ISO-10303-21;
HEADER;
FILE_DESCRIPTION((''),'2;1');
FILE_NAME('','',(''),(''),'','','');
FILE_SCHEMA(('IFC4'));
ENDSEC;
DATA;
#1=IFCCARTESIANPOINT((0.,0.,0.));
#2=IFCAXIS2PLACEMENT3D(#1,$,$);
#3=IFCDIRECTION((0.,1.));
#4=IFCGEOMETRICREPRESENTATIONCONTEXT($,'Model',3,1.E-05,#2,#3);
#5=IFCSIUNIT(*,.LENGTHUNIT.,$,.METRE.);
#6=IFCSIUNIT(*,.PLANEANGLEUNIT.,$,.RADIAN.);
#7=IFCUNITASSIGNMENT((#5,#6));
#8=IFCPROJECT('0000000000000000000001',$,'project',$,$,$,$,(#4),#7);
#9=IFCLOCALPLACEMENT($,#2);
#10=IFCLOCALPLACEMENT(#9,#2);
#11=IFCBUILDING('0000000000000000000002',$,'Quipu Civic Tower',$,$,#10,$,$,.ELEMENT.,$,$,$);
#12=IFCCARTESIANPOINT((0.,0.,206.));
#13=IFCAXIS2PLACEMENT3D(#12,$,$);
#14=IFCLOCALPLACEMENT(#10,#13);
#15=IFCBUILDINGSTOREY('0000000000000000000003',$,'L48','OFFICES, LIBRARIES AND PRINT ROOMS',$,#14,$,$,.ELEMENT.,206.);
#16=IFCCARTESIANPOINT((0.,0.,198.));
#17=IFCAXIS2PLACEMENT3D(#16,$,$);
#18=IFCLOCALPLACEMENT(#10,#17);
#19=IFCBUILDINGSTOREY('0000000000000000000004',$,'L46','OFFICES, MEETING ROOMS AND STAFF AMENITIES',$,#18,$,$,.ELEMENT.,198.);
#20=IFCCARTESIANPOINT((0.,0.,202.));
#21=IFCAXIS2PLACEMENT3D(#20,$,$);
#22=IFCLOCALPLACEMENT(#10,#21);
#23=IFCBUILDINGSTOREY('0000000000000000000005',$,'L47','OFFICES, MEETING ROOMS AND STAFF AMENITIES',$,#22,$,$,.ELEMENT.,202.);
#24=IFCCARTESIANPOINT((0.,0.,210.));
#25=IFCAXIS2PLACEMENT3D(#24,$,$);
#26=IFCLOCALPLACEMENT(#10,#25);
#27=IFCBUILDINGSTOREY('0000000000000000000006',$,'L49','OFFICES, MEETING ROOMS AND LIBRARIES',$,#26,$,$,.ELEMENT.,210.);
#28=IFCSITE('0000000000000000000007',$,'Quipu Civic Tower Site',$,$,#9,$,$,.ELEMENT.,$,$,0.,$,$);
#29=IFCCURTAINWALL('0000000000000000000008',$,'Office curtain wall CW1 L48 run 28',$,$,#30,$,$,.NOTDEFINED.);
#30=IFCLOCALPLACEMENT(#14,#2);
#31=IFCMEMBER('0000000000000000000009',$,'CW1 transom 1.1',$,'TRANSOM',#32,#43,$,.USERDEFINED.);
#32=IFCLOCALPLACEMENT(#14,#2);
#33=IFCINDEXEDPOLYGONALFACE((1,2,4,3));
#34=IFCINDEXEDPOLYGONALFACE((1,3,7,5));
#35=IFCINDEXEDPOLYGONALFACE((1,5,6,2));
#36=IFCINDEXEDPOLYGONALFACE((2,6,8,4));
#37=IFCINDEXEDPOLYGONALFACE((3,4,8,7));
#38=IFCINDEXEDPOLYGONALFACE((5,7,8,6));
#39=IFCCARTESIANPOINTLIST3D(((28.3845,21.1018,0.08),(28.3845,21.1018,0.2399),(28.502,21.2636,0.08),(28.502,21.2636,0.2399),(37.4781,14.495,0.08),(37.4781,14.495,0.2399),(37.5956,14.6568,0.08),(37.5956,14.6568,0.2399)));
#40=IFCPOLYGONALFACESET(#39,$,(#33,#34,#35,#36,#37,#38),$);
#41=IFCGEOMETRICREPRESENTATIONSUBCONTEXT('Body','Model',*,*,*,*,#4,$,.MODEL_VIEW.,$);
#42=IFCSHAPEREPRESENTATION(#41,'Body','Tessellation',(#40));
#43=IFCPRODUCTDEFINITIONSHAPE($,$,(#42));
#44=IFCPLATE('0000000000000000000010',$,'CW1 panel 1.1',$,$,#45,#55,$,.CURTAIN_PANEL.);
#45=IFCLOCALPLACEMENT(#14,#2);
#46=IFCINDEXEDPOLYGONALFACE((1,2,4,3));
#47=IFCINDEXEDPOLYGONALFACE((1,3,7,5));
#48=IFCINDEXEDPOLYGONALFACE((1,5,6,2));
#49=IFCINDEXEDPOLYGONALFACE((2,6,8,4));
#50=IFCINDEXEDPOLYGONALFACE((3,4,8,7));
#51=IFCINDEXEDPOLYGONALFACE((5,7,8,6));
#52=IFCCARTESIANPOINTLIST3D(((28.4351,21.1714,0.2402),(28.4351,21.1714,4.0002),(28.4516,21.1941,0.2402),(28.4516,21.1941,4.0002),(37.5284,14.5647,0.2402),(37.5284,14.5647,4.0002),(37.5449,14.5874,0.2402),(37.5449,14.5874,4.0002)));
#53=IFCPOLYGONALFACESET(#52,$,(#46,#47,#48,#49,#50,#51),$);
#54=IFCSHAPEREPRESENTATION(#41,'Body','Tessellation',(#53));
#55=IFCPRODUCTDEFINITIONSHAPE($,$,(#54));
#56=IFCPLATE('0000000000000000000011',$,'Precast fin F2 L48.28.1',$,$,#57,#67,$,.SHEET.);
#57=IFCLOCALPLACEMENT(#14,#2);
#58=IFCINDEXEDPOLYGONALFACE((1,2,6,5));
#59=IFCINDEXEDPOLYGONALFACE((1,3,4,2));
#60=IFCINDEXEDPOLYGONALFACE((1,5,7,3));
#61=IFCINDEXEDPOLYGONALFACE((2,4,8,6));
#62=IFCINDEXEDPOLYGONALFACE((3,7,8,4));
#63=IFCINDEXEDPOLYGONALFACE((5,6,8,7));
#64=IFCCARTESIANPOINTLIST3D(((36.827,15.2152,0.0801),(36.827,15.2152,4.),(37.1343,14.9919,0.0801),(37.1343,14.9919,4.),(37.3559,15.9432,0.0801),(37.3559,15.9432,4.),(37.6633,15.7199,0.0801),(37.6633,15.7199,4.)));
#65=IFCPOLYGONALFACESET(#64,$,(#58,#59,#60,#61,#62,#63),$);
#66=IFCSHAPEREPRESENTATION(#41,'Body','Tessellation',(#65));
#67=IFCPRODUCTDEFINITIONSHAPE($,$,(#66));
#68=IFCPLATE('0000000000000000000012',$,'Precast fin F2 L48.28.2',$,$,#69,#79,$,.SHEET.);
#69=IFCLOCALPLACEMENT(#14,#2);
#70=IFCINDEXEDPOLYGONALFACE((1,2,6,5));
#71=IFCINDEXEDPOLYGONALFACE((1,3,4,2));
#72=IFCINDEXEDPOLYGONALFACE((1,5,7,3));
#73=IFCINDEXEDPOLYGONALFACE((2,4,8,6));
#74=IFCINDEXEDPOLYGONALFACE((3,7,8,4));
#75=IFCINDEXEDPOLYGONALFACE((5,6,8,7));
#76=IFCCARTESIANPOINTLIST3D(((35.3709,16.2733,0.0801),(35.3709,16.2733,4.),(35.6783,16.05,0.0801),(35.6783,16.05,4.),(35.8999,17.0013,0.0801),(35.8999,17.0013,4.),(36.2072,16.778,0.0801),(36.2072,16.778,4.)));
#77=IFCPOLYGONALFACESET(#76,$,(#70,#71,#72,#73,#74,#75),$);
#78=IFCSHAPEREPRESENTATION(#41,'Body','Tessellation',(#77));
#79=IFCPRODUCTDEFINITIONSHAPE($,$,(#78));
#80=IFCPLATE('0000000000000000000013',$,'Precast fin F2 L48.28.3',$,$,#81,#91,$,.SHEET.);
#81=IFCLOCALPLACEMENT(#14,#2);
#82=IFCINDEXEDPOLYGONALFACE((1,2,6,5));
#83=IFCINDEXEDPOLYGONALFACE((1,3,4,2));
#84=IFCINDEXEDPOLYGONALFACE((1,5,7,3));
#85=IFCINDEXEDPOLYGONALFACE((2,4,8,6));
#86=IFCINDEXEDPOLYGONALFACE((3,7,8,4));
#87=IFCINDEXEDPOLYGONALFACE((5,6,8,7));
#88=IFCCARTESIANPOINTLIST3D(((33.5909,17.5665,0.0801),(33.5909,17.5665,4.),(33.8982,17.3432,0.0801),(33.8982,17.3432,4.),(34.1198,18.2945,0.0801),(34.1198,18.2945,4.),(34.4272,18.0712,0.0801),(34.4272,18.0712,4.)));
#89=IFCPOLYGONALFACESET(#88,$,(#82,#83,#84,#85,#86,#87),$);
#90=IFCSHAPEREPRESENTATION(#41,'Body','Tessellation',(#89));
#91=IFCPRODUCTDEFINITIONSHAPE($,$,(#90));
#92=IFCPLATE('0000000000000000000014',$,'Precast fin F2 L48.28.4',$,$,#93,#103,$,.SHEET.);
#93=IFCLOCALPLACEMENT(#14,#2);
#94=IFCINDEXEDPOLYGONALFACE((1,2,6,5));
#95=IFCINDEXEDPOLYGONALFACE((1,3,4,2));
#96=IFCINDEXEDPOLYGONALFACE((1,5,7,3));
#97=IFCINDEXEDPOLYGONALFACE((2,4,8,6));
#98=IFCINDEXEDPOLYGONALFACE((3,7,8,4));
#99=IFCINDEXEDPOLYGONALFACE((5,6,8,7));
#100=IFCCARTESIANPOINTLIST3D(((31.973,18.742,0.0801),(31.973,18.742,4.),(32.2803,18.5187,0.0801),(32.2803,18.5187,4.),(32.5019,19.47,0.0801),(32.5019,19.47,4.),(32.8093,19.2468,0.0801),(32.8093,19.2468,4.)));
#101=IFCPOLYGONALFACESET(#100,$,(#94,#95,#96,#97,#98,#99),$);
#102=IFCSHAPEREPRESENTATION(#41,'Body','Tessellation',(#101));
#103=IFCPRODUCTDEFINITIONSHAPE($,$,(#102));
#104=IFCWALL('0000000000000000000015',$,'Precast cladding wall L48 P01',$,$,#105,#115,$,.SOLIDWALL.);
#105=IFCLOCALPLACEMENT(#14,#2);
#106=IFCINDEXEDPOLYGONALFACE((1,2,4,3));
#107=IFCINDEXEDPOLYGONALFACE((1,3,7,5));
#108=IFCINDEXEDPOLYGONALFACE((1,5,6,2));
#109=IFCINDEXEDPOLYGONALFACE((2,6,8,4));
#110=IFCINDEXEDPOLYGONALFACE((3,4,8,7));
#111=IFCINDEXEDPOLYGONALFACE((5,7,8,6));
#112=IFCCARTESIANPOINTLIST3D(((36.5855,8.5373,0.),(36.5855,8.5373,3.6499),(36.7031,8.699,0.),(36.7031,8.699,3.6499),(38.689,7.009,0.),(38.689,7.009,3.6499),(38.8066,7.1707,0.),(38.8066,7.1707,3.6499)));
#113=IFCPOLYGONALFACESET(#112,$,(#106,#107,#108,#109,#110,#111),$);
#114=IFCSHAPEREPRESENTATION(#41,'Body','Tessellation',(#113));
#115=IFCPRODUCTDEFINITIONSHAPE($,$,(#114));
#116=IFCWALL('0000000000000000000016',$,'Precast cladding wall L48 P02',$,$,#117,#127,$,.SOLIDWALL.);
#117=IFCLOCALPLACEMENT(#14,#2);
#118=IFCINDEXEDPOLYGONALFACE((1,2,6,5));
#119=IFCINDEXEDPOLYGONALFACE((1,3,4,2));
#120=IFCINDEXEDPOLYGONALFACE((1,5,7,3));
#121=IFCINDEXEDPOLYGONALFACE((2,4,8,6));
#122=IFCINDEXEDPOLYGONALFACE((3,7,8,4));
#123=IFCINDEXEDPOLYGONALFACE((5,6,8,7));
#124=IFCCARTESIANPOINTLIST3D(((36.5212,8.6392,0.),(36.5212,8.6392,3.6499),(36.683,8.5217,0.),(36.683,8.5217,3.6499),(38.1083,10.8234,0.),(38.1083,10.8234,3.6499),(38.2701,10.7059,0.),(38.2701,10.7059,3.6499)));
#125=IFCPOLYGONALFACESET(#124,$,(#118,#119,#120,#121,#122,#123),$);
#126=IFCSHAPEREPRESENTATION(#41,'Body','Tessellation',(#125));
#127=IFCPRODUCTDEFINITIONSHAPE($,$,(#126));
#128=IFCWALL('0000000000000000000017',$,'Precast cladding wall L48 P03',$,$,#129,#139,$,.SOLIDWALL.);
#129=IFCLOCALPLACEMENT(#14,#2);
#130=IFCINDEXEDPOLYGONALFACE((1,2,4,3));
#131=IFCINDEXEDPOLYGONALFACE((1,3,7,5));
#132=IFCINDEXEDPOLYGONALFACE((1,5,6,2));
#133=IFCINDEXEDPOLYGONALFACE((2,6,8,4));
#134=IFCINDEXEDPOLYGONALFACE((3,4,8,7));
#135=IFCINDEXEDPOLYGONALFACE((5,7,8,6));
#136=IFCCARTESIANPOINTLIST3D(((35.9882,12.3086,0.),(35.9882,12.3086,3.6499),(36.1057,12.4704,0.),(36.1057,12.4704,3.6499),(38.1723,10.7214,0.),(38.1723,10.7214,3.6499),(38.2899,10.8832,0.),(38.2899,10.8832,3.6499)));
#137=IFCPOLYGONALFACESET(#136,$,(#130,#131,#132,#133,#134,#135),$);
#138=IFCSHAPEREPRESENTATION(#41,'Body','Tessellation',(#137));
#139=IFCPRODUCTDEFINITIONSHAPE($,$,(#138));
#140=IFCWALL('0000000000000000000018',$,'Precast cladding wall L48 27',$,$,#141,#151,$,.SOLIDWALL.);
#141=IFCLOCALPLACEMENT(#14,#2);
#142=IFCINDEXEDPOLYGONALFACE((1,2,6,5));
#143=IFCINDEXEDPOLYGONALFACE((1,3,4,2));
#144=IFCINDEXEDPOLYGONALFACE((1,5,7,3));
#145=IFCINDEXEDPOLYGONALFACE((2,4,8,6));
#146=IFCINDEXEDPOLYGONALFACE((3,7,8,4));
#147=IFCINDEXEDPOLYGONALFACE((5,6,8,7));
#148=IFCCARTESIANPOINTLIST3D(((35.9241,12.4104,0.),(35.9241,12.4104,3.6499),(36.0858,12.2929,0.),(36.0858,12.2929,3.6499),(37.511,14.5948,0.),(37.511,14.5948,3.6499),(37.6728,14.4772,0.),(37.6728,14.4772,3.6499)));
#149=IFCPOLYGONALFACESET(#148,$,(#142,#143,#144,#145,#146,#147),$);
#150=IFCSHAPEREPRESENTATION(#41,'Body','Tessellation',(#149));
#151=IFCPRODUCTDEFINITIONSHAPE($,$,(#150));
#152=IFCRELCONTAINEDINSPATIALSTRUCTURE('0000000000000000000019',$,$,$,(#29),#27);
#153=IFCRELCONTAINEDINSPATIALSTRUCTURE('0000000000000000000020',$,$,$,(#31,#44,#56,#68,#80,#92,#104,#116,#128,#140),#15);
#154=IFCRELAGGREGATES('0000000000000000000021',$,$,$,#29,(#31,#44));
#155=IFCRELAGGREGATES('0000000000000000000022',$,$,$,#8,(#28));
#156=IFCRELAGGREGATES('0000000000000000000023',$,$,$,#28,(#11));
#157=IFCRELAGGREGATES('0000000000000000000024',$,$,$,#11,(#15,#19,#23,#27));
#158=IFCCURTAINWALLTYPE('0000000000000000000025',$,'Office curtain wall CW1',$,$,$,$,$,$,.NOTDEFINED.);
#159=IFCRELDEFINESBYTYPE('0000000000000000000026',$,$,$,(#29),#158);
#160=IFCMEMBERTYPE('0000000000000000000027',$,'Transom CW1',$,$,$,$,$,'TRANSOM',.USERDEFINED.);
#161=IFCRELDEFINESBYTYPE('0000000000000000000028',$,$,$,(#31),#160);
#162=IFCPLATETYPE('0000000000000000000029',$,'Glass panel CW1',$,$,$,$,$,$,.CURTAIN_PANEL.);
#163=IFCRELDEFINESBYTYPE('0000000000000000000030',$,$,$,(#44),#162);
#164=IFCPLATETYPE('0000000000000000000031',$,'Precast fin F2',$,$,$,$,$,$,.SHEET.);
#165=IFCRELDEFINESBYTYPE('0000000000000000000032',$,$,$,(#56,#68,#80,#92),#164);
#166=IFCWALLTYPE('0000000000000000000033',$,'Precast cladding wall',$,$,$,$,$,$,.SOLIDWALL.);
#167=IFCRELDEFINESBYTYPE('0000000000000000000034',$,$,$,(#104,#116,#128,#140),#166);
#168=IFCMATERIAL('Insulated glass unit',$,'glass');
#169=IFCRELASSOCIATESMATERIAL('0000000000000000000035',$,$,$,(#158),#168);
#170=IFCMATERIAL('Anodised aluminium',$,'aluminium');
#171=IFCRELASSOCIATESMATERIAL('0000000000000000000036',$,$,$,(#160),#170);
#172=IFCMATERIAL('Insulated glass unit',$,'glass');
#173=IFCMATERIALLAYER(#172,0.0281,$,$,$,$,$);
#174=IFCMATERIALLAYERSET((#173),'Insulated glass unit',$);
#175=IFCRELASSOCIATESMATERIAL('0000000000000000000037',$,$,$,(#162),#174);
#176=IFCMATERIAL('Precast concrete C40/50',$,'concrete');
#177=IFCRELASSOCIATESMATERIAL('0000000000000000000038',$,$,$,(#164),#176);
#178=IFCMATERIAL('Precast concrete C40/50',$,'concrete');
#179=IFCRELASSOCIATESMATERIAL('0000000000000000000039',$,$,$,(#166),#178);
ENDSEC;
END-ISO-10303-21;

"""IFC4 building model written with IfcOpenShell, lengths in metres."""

from ifc_helpers import new_model, si_unit, direction, frame, frame_2d, origin, origin_2d, place, context, subcontext, project, spatial, rectangle, extrude, material, layer, layer_set, material_profile, profile_set, type_object, element, aggregate, save


model = new_model("IFC4")

# Units and contexts
model_context = context("Model", 3, precision=1e-05, world=origin(), true_north=direction((0.0, 1.0)))
body_context = subcontext(model_context, "Body", "Model", "MODEL_VIEW")
ifc_project = project(units=[si_unit("LENGTHUNIT", "METRE"), si_unit("PLANEANGLEUNIT", "RADIAN")], contexts=[model_context])

# Site, building, storey
site_placement = place(None, origin())
site = spatial("IfcSite", under=ifc_project, at=site_placement, Name="Quipu Civic Tower Site", CompositionType="ELEMENT", RefElevation=0.0)
building_placement = place(site_placement, origin())
building = spatial("IfcBuilding", under=site, at=building_placement, Name="Quipu Civic Tower", CompositionType="ELEMENT")
storey_1_placement = place(building_placement, frame((0.0, 0.0, 206.0)))
storey_1 = spatial("IfcBuildingStorey", under=building, at=storey_1_placement, Name="L48", Description="OFFICES, LIBRARIES AND PRINT ROOMS", CompositionType="ELEMENT", Elevation=206.0)

# Shared definitions
ifc_material_1 = material(Name="Insulated glass unit", Category="glass")
curtain_wall_type = type_object("IfcCurtainWallType", Name="Office curtain wall CW1", PredefinedType="NOTDEFINED", material=ifc_material_1)

# Shared definitions
storey_2_placement = place(building_placement, frame((0.0, 0.0, 198.0)))
storey_2 = spatial("IfcBuildingStorey", under=building, at=storey_2_placement, Name="L46", Description="OFFICES, MEETING ROOMS AND STAFF AMENITIES", CompositionType="ELEMENT", Elevation=198.0)

# Shared definitions
ifc_material_2 = material(Name="Anodised aluminium", Category="aluminium")
ifc_material_profile_1 = material_profile(ifc_material_2, rectangle(XDim=0.2, YDim=0.1599, at=origin_2d()), Name="RECT 200x160")
ifc_profile_set_1 = profile_set([ifc_material_profile_1], Name="Anodised aluminium")
member_type_1 = type_object("IfcMemberType", Name="Transom CW1", ElementType="TRANSOM", PredefinedType="USERDEFINED", material=ifc_profile_set_1)

# Shared definitions
storey_3_placement = place(building_placement, frame((0.0, 0.0, 202.0)))
storey_3 = spatial("IfcBuildingStorey", under=building, at=storey_3_placement, Name="L47", Description="OFFICES, MEETING ROOMS AND STAFF AMENITIES", CompositionType="ELEMENT", Elevation=202.0)

# Shared definitions
storey_4_placement = place(building_placement, frame((0.0, 0.0, 210.0)))
storey_4 = spatial("IfcBuildingStorey", under=building, at=storey_4_placement, Name="L49", Description="OFFICES, MEETING ROOMS AND LIBRARIES", CompositionType="ELEMENT", Elevation=210.0)

# Curtain wall, member, plate
curtain_wall_1_placement = place(storey_4_placement, origin())
curtain_wall_1 = element("IfcCurtainWall", 1, at=curtain_wall_1_placement, inside=storey_4, type_object=curtain_wall_type, Name="Office curtain wall CW1 L48 run 28", PredefinedType="NOTDEFINED")
member_1_placement = place(storey_1_placement, frame((37.5369, 14.5759, 0.1599), z_axis=(-0.809022, 0.587778, 0.0), x_axis=(-0.587778, -0.809022, 0.0)))
member_1 = element("IfcMember", 2, at=member_1_placement, inside=storey_1, type_object=member_type_1, Name="CW1 transom 1.1", ObjectType="TRANSOM", PredefinedType="USERDEFINED", context=body_context, shape_type="SweptSolid", body=[
    extrude(rectangle(XDim=0.2, YDim=0.1599, at=origin_2d()), origin(), (0.0, 0.0, 1.0), 11.2402),
])
ifc_material_3 = material(Name="Insulated glass unit", Category="glass")
ifc_layer = layer(ifc_material_3, 0.0281)
ifc_layer_set = layer_set([ifc_layer], Name="Insulated glass unit")
plate_type_1 = type_object("IfcPlateType", Name="Glass panel CW1", PredefinedType="CURTAIN_PANEL", material=ifc_layer_set)
plate_placement = place(storey_1_placement, frame((32.99, 17.8794, 0.2402), z_axis=(0.0, 0.0, 1.0), x_axis=(-0.809015, 0.587788, 0.0)))
plate = element("IfcPlate", 3, at=plate_placement, inside=storey_1, type_object=plate_type_1, Name="CW1 panel 1.1", PredefinedType="CURTAIN_PANEL", context=body_context, shape_type="SweptSolid", body=[
    extrude(rectangle(XDim=11.24, YDim=0.0281, at=origin_2d()), origin(), (0.0, 0.0, 1.0), 3.76),
])
aggregate(curtain_wall_1, [member_1, plate])

# Plates
ifc_material_4 = material(Name="Precast concrete C40/50", Category="concrete")
plate_type_2 = type_object("IfcPlateType", Name="Precast fin F2", PredefinedType="SHEET", material=ifc_material_4)
for number, where, z_axis, x_axis, name in (
    (4, (37.2451, 15.4675, 0.0801), (0.0, 0.0, 1.0), (-0.809017, 0.587785, 0.0), "Precast fin F2 L48.28.1"),
    (5, (35.7891, 16.5256, 0.0801), (0.0, 0.0, 1.0), (-0.809017, 0.587785, 0.0), "Precast fin F2 L48.28.2"),
    (6, (34.009, 17.8188, 0.0801), (0.0, 0.0, 1.0), (-0.809017, 0.587785, 0.0), "Precast fin F2 L48.28.3"),
    (7, (32.3911, 18.9944, 0.0801), (0.0, 0.0, 1.0), (-0.809017, 0.587785, 0.0), "Precast fin F2 L48.28.4"),
):
    element("IfcPlate", number, at=place(storey_1_placement, frame(where, z_axis=z_axis, x_axis=x_axis)), inside=storey_1, type_object=plate_type_2, Name=name, PredefinedType="SHEET", context=body_context, shape_type="SweptSolid", body=[
        extrude(rectangle(XDim=0.3799, YDim=0.8999, at=origin_2d()), origin(), (0.0, 0.0, 1.0), 3.9199),
    ])

# Walls
ifc_material_5 = material(Name="Precast concrete C40/50", Category="concrete")
wall_type = type_object("IfcWallType", Name="Precast cladding wall", PredefinedType="SOLIDWALL", material=ifc_material_5)
wall_placement = place(storey_1_placement, frame((38.7478, 7.0898, 0.0), z_axis=(0.0, 0.0, 1.0), x_axis=(-0.809012, 0.587792, 0.0)))
element("IfcWall", 8, at=wall_placement, inside=storey_1, type_object=wall_type, Name="Precast cladding wall L48 P01", PredefinedType="SOLIDWALL", context=body_context, shape_type="SweptSolid", body=[
    extrude(rectangle(XDim=2.6001, YDim=0.2, at=frame_2d((1.3, 0.0))), origin(), (0.0, 0.0, 1.0), 3.6499),
])
for number, where, z_axis, x_axis, name in (
    (9, (36.6021, 8.5803, 0.0), (0.0, 0.0, 1.0), (0.587822, 0.80899, 0.0), "Precast cladding wall L48 P02"),
    (10, (38.2312, 10.8022, 0.0), (0.0, 0.0, 1.0), (-0.808959, 0.587865, 0.0), "Precast cladding wall L48 P03"),
    (11, (36.0049, 12.3516, 0.0), (0.0, 0.0, 1.0), (0.587763, 0.809033, 0.0), "Precast cladding wall L48 27"),
):
    element("IfcWall", number, at=place(storey_1_placement, frame(where, z_axis=z_axis, x_axis=x_axis)), inside=storey_1, type_object=wall_type, Name=name, PredefinedType="SOLIDWALL", context=body_context, shape_type="SweptSolid", body=[
        extrude(rectangle(XDim=2.7, YDim=0.2, at=frame_2d((1.3501, 0.0))), origin(), (0.0, 0.0, 1.0), 3.6499),
    ])

save(model, "model.ifc")
